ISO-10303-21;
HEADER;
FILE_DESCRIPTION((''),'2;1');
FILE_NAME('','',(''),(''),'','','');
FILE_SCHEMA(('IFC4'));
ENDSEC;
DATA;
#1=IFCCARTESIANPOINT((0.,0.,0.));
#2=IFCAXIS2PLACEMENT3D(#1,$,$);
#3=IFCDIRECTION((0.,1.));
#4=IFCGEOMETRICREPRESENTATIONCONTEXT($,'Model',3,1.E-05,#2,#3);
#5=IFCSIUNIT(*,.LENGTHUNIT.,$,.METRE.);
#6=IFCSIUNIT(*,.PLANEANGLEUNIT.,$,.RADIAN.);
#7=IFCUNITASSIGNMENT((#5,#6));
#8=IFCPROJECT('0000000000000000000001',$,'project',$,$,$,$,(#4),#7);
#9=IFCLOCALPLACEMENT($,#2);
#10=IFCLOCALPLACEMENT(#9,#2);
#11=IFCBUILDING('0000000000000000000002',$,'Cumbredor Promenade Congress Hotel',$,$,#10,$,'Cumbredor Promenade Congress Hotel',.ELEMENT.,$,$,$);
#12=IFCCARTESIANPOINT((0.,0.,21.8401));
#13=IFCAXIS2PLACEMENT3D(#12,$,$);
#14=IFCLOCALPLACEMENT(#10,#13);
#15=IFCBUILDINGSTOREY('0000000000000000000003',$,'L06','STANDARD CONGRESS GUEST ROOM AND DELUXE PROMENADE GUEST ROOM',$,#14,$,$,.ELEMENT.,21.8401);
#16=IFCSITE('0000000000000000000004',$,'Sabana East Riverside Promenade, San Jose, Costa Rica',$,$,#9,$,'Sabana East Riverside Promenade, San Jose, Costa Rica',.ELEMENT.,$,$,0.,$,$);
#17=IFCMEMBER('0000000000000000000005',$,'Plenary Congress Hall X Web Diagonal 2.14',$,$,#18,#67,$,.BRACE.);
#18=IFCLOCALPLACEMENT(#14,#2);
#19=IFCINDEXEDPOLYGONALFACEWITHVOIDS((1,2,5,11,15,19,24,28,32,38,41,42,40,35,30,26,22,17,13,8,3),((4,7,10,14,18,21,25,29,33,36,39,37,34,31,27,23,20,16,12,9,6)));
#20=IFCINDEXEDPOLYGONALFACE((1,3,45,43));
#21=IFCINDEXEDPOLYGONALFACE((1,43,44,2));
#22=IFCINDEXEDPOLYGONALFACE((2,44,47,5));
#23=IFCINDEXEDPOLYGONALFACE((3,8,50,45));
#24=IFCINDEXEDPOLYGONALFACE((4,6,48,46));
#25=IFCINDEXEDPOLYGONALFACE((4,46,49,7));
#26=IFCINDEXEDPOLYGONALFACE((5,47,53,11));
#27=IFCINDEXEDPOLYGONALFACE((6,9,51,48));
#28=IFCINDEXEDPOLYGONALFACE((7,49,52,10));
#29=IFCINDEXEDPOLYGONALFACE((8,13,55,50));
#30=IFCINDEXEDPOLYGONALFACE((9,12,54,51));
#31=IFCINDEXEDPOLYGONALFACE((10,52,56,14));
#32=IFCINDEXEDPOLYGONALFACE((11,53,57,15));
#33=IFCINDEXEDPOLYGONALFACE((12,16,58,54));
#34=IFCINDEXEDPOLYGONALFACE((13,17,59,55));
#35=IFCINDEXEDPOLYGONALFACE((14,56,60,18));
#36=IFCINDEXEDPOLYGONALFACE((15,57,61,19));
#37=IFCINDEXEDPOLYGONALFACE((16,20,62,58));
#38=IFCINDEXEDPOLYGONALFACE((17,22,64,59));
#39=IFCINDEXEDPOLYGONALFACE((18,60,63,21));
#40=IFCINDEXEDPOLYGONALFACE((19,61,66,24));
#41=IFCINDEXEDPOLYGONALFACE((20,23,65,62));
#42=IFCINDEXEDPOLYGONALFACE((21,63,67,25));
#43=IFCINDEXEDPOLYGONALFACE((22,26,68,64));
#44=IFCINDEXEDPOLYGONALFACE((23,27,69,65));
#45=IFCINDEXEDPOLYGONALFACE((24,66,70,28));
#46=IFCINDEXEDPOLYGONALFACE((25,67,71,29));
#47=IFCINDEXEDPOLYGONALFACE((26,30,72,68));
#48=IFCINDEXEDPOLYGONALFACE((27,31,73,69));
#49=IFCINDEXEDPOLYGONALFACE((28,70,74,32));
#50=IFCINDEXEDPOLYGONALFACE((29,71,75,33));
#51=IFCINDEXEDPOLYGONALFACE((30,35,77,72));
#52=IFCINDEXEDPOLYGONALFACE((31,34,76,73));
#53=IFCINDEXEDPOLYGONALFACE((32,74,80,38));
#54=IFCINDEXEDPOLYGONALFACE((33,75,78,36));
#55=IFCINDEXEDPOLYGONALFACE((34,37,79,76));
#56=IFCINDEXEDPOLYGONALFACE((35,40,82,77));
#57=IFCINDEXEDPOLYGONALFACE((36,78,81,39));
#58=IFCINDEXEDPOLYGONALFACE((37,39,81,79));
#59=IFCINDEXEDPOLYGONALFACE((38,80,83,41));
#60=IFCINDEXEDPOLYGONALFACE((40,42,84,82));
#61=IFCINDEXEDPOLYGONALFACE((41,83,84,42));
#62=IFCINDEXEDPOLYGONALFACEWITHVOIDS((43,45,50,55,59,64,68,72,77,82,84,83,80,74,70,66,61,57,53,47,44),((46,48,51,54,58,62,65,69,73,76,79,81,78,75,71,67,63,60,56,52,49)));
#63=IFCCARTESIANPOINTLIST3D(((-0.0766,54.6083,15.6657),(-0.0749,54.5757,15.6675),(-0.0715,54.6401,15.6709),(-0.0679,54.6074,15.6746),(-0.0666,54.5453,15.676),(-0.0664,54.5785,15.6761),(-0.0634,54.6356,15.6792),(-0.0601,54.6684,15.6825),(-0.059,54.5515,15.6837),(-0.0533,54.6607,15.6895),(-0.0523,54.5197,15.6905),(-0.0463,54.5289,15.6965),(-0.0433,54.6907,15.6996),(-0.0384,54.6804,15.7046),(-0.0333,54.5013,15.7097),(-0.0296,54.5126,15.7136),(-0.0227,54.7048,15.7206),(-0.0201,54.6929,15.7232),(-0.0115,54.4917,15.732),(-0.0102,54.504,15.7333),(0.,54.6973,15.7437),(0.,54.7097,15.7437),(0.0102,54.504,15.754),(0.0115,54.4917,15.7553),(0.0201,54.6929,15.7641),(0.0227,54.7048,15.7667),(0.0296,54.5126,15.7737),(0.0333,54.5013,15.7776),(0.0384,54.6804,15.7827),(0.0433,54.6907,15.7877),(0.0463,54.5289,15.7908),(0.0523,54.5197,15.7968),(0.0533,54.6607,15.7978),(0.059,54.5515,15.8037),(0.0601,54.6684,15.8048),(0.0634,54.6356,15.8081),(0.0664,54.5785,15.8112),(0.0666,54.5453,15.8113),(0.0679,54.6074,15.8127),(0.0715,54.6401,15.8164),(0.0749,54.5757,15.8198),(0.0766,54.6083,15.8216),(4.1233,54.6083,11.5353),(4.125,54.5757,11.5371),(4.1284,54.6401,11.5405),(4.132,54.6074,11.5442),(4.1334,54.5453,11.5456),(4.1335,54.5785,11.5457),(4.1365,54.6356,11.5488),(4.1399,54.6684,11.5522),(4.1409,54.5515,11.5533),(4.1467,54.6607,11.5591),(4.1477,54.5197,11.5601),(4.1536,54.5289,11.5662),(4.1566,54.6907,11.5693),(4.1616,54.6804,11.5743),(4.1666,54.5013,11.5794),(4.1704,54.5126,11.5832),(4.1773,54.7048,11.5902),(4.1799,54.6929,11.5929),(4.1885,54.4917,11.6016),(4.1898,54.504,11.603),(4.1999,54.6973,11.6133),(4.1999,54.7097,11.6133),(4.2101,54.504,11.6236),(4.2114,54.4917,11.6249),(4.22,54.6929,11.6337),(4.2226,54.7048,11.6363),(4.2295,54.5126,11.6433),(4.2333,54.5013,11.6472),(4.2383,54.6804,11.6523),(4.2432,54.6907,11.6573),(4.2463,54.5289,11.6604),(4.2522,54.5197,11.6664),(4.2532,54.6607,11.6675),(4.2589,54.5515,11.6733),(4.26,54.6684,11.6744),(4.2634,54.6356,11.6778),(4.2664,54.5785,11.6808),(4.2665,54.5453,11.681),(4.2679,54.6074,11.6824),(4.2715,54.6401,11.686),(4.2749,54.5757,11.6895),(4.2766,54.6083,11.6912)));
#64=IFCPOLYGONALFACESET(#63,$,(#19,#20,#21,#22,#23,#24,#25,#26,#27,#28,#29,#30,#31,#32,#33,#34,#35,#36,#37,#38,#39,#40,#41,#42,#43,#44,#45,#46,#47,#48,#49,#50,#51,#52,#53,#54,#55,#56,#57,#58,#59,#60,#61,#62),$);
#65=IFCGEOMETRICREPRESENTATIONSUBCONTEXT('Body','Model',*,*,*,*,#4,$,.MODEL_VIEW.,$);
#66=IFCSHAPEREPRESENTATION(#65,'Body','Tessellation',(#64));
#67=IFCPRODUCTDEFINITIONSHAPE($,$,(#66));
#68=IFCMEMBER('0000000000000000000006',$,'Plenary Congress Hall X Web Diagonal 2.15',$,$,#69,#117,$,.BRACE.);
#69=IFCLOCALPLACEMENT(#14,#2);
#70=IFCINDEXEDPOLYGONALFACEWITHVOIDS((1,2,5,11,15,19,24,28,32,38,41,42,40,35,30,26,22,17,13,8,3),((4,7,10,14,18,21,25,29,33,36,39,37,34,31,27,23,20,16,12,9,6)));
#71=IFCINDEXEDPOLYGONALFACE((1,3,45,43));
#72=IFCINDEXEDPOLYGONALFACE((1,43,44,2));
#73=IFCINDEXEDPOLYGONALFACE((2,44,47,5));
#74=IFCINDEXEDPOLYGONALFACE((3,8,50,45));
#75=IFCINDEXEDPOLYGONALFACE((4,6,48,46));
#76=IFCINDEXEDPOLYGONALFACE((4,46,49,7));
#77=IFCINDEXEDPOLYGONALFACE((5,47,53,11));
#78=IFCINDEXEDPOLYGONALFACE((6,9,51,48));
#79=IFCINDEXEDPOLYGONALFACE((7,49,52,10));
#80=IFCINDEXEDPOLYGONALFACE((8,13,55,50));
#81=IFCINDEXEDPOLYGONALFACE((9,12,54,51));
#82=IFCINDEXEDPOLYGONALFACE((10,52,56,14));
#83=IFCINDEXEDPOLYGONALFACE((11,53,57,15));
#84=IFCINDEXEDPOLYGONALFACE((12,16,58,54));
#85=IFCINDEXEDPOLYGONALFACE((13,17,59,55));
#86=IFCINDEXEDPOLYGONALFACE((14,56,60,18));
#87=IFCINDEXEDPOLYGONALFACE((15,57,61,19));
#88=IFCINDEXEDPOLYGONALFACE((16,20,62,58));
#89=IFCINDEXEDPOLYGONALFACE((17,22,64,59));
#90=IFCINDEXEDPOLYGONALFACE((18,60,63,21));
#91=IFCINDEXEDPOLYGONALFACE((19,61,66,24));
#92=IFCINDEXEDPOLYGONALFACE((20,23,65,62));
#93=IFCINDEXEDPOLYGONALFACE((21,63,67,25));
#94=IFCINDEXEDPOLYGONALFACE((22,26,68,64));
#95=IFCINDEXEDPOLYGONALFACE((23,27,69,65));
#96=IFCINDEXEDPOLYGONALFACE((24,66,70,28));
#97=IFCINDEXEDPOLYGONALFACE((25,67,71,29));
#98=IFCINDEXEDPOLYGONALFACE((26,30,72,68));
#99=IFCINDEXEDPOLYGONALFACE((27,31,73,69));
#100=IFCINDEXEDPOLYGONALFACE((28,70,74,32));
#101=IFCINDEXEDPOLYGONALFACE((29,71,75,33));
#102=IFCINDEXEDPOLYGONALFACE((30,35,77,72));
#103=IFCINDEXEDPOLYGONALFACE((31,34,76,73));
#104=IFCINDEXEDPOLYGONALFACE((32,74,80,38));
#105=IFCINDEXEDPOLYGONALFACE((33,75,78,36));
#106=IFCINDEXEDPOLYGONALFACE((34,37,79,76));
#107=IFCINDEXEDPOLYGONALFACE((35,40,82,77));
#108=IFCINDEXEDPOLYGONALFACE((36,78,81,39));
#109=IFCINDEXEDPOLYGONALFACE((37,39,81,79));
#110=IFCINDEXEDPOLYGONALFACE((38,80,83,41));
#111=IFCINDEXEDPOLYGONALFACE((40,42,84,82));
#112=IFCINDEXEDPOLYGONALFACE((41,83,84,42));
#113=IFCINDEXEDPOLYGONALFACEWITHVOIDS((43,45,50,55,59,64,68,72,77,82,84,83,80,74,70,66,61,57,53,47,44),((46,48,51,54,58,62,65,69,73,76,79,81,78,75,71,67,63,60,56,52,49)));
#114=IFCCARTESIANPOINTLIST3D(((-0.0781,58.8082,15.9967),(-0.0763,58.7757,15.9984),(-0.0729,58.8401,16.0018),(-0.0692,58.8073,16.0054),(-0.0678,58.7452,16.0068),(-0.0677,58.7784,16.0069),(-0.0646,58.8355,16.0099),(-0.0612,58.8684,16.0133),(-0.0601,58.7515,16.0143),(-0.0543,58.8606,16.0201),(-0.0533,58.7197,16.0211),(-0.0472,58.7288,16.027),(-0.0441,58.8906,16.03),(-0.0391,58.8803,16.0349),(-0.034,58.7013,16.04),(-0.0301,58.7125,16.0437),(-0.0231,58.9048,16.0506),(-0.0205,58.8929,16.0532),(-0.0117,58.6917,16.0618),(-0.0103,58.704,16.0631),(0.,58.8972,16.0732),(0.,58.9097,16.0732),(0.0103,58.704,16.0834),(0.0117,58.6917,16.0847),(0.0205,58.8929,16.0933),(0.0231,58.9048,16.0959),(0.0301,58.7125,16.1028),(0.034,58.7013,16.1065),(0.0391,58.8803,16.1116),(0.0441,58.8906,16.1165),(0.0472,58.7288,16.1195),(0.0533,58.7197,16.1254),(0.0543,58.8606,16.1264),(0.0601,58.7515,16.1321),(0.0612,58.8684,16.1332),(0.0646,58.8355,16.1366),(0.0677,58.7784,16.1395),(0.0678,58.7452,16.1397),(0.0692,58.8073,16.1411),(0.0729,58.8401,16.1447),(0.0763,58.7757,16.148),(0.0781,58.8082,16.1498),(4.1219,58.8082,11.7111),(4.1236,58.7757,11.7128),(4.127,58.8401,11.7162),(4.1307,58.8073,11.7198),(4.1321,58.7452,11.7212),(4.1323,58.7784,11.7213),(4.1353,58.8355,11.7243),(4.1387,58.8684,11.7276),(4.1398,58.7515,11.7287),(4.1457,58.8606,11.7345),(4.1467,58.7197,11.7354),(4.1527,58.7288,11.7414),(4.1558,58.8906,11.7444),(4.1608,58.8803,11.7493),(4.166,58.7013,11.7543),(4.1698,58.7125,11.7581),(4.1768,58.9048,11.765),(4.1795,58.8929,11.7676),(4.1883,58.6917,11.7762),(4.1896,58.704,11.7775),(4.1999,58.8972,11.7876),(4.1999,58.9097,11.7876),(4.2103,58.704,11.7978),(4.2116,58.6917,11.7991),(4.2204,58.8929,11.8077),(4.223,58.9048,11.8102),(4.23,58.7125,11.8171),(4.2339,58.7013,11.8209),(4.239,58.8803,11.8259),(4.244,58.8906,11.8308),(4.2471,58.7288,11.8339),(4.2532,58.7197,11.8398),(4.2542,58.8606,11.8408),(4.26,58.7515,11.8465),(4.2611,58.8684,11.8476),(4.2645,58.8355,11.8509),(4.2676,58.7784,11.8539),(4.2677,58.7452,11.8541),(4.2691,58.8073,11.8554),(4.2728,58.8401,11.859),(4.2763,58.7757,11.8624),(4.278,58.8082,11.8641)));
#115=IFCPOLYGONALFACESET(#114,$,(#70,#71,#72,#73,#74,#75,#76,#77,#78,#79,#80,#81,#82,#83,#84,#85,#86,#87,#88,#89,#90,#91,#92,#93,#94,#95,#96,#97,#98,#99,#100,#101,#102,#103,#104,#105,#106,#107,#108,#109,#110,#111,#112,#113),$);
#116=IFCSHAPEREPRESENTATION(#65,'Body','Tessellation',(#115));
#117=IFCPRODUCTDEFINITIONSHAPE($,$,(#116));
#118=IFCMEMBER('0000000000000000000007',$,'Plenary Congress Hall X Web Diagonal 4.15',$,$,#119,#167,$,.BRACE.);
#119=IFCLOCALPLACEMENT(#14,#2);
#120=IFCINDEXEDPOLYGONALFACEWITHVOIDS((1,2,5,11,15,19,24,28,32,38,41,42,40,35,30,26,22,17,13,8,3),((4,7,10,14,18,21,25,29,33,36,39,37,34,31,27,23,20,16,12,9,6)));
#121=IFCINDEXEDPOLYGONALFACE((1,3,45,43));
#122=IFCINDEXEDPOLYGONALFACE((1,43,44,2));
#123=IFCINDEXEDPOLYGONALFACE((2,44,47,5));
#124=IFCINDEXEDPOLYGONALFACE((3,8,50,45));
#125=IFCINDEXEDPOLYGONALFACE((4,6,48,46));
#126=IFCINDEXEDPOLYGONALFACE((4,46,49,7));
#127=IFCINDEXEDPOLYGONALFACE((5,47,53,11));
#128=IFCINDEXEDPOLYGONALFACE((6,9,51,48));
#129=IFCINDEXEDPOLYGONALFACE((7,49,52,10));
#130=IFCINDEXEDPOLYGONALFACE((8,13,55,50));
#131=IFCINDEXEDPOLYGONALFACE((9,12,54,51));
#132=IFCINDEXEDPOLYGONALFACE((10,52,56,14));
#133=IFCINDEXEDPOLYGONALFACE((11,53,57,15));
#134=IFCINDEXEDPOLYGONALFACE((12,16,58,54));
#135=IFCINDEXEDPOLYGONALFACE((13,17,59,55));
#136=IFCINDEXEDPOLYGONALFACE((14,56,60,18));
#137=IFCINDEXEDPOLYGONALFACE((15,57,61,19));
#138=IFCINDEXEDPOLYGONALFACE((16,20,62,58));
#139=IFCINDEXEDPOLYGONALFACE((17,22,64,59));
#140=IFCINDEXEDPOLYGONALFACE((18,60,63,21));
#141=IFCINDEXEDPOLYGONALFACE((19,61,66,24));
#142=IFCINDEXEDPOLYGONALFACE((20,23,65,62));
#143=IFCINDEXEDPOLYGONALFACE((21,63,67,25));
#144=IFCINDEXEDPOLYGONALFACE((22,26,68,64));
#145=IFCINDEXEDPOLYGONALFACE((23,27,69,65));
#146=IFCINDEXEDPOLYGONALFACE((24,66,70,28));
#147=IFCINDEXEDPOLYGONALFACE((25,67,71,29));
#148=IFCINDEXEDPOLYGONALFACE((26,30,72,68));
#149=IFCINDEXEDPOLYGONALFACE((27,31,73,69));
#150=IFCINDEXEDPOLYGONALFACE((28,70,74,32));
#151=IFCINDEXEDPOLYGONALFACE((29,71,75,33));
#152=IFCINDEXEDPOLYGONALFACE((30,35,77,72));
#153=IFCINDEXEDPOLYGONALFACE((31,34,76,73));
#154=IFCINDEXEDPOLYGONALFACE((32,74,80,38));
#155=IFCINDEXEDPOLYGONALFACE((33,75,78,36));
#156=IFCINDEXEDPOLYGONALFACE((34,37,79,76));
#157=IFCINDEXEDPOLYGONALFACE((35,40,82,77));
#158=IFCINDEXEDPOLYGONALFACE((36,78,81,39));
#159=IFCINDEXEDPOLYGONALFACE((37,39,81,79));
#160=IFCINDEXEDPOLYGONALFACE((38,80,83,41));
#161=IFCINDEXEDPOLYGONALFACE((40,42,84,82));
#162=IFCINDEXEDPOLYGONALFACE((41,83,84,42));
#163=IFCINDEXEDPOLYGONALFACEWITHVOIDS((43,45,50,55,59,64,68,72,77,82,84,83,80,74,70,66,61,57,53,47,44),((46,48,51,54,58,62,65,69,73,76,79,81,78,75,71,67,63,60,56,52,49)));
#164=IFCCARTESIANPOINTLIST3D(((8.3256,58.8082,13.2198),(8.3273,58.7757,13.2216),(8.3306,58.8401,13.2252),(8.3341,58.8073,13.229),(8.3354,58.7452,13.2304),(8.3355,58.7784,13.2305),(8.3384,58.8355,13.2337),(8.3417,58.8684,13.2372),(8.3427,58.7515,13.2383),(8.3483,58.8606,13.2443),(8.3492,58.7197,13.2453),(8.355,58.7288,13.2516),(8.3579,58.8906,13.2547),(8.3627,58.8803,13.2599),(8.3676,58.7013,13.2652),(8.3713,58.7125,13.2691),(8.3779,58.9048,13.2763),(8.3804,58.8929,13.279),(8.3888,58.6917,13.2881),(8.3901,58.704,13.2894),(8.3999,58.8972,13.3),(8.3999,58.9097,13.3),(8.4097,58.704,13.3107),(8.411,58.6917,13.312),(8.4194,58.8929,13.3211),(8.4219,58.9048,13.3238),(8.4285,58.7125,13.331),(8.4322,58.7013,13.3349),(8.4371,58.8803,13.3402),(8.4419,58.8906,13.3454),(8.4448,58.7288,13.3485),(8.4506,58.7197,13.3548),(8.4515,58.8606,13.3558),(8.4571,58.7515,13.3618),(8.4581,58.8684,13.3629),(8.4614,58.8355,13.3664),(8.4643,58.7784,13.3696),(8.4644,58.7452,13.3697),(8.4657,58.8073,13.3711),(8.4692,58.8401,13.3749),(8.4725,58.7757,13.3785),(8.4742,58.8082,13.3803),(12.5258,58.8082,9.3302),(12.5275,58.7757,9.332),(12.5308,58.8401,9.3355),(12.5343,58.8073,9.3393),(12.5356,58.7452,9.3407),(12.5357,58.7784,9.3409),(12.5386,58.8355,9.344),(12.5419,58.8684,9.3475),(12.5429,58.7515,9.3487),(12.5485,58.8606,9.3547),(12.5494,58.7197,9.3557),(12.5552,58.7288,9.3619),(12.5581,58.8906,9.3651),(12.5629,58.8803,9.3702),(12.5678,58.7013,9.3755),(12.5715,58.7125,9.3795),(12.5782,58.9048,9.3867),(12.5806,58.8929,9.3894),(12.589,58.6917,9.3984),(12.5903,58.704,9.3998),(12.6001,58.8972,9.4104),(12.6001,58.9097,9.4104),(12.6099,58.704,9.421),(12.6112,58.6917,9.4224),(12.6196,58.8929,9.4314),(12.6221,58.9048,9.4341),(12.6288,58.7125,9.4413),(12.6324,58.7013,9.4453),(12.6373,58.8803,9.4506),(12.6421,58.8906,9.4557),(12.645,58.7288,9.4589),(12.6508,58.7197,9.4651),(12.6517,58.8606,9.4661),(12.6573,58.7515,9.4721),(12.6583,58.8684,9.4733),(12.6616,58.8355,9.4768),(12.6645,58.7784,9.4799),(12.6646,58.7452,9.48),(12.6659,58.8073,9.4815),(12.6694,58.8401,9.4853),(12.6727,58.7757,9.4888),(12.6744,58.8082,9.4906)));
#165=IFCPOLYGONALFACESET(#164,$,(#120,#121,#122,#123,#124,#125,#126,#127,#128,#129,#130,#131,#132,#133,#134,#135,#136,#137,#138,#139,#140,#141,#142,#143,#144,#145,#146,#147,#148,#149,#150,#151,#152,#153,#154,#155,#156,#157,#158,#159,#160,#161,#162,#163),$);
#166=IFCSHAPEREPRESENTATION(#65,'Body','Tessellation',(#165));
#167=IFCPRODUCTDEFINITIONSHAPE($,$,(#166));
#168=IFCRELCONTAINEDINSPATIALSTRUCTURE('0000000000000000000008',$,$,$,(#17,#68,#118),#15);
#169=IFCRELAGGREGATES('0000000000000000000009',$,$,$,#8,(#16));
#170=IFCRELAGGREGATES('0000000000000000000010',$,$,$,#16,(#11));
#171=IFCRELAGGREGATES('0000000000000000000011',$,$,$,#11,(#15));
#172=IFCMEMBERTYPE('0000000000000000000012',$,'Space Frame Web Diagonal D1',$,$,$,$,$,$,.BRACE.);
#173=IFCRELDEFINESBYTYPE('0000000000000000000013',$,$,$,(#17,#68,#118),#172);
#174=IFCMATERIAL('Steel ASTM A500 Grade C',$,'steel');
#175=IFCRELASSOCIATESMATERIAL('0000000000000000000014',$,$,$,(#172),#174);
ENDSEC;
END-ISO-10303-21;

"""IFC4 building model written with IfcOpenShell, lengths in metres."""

from ifc_helpers import new_model, si_unit, direction, frame, origin, origin_2d, place, context, subcontext, project, spatial, hollow_circle, extrude, material, material_profile, profile_set, type_object, element, save


model = new_model("IFC4")

# Units and contexts
model_context = context("Model", 3, precision=1e-05, world=origin(), true_north=direction((0.0, 1.0)))
body_context = subcontext(model_context, "Body", "Model", "MODEL_VIEW")
ifc_project = project(units=[si_unit("LENGTHUNIT", "METRE"), si_unit("PLANEANGLEUNIT", "RADIAN")], contexts=[model_context])

# Site, building, storey
site_placement = place(None, origin())
site = spatial("IfcSite", under=ifc_project, at=site_placement, Name="Sabana East Riverside Promenade, San Jose, Costa Rica", LongName="Sabana East Riverside Promenade, San Jose, Costa Rica", CompositionType="ELEMENT", RefElevation=0.0)
building_placement = place(site_placement, origin())
building = spatial("IfcBuilding", under=site, at=building_placement, Name="Cumbredor Promenade Congress Hotel", LongName="Cumbredor Promenade Congress Hotel", CompositionType="ELEMENT")
storey_placement = place(building_placement, frame((0.0, 0.0, 21.8401)))
storey = spatial("IfcBuildingStorey", under=building, at=storey_placement, Name="L06", Description="STANDARD CONGRESS GUEST ROOM AND DELUXE PROMENADE GUEST ROOM", CompositionType="ELEMENT", Elevation=21.8401)

# Members
ifc_material_1 = material(Name="Steel ASTM A500 Grade C", Category="steel")
ifc_material_profile_1 = material_profile(ifc_material_1, hollow_circle(Radius=0.1096, WallThickness=0.0125, at=origin_2d()), Name="CHS 219.1x12.5")
ifc_profile_set_1 = profile_set([ifc_material_profile_1], Name="Steel ASTM A500 Grade C")
member_type_1 = type_object("IfcMemberType", Name="Space Frame Web Diagonal D1", PredefinedType="BRACE", material=ifc_profile_set_1)
member_1_placement = place(storey_placement, frame((0.0, 54.6001, 15.7437), z_axis=(0.712988, 0.0, -0.701176), x_axis=(0.0, 1.0, 0.0)))
element("IfcMember", 1, at=member_1_placement, inside=storey, type_object=member_type_1, Name="Plenary Congress Hall X Web Diagonal 2.14", PredefinedType="BRACE", context=body_context, shape_type="SweptSolid", body=[
    extrude(hollow_circle(Radius=0.1096, WallThickness=0.0125, at=origin_2d()), origin(), (0.0, 0.0, 1.0), 5.8906),
])
member_2_placement = place(storey_placement, frame((0.0, 58.8, 16.0732), z_axis=(0.69993, 0.0, -0.714211), x_axis=(0.0, 1.0, 0.0)))
element("IfcMember", 2, at=member_2_placement, inside=storey, type_object=member_type_1, Name="Plenary Congress Hall X Web Diagonal 2.15", PredefinedType="BRACE", context=body_context, shape_type="SweptSolid", body=[
    extrude(hollow_circle(Radius=0.1096, WallThickness=0.0125, at=origin_2d()), origin(), (0.0, 0.0, 1.0), 6.0005),
])
member_3_placement = place(storey_placement, frame((8.3999, 58.8, 13.3), z_axis=(0.73371, 0.0, -0.679462), x_axis=(0.0, 1.0, 0.0)))
element("IfcMember", 3, at=member_3_placement, inside=storey, type_object=member_type_1, Name="Plenary Congress Hall X Web Diagonal 4.15", PredefinedType="BRACE", context=body_context, shape_type="SweptSolid", body=[
    extrude(hollow_circle(Radius=0.1096, WallThickness=0.0125, at=origin_2d()), origin(), (0.0, 0.0, 1.0), 5.7246),
])

save(model, "model.ifc")
